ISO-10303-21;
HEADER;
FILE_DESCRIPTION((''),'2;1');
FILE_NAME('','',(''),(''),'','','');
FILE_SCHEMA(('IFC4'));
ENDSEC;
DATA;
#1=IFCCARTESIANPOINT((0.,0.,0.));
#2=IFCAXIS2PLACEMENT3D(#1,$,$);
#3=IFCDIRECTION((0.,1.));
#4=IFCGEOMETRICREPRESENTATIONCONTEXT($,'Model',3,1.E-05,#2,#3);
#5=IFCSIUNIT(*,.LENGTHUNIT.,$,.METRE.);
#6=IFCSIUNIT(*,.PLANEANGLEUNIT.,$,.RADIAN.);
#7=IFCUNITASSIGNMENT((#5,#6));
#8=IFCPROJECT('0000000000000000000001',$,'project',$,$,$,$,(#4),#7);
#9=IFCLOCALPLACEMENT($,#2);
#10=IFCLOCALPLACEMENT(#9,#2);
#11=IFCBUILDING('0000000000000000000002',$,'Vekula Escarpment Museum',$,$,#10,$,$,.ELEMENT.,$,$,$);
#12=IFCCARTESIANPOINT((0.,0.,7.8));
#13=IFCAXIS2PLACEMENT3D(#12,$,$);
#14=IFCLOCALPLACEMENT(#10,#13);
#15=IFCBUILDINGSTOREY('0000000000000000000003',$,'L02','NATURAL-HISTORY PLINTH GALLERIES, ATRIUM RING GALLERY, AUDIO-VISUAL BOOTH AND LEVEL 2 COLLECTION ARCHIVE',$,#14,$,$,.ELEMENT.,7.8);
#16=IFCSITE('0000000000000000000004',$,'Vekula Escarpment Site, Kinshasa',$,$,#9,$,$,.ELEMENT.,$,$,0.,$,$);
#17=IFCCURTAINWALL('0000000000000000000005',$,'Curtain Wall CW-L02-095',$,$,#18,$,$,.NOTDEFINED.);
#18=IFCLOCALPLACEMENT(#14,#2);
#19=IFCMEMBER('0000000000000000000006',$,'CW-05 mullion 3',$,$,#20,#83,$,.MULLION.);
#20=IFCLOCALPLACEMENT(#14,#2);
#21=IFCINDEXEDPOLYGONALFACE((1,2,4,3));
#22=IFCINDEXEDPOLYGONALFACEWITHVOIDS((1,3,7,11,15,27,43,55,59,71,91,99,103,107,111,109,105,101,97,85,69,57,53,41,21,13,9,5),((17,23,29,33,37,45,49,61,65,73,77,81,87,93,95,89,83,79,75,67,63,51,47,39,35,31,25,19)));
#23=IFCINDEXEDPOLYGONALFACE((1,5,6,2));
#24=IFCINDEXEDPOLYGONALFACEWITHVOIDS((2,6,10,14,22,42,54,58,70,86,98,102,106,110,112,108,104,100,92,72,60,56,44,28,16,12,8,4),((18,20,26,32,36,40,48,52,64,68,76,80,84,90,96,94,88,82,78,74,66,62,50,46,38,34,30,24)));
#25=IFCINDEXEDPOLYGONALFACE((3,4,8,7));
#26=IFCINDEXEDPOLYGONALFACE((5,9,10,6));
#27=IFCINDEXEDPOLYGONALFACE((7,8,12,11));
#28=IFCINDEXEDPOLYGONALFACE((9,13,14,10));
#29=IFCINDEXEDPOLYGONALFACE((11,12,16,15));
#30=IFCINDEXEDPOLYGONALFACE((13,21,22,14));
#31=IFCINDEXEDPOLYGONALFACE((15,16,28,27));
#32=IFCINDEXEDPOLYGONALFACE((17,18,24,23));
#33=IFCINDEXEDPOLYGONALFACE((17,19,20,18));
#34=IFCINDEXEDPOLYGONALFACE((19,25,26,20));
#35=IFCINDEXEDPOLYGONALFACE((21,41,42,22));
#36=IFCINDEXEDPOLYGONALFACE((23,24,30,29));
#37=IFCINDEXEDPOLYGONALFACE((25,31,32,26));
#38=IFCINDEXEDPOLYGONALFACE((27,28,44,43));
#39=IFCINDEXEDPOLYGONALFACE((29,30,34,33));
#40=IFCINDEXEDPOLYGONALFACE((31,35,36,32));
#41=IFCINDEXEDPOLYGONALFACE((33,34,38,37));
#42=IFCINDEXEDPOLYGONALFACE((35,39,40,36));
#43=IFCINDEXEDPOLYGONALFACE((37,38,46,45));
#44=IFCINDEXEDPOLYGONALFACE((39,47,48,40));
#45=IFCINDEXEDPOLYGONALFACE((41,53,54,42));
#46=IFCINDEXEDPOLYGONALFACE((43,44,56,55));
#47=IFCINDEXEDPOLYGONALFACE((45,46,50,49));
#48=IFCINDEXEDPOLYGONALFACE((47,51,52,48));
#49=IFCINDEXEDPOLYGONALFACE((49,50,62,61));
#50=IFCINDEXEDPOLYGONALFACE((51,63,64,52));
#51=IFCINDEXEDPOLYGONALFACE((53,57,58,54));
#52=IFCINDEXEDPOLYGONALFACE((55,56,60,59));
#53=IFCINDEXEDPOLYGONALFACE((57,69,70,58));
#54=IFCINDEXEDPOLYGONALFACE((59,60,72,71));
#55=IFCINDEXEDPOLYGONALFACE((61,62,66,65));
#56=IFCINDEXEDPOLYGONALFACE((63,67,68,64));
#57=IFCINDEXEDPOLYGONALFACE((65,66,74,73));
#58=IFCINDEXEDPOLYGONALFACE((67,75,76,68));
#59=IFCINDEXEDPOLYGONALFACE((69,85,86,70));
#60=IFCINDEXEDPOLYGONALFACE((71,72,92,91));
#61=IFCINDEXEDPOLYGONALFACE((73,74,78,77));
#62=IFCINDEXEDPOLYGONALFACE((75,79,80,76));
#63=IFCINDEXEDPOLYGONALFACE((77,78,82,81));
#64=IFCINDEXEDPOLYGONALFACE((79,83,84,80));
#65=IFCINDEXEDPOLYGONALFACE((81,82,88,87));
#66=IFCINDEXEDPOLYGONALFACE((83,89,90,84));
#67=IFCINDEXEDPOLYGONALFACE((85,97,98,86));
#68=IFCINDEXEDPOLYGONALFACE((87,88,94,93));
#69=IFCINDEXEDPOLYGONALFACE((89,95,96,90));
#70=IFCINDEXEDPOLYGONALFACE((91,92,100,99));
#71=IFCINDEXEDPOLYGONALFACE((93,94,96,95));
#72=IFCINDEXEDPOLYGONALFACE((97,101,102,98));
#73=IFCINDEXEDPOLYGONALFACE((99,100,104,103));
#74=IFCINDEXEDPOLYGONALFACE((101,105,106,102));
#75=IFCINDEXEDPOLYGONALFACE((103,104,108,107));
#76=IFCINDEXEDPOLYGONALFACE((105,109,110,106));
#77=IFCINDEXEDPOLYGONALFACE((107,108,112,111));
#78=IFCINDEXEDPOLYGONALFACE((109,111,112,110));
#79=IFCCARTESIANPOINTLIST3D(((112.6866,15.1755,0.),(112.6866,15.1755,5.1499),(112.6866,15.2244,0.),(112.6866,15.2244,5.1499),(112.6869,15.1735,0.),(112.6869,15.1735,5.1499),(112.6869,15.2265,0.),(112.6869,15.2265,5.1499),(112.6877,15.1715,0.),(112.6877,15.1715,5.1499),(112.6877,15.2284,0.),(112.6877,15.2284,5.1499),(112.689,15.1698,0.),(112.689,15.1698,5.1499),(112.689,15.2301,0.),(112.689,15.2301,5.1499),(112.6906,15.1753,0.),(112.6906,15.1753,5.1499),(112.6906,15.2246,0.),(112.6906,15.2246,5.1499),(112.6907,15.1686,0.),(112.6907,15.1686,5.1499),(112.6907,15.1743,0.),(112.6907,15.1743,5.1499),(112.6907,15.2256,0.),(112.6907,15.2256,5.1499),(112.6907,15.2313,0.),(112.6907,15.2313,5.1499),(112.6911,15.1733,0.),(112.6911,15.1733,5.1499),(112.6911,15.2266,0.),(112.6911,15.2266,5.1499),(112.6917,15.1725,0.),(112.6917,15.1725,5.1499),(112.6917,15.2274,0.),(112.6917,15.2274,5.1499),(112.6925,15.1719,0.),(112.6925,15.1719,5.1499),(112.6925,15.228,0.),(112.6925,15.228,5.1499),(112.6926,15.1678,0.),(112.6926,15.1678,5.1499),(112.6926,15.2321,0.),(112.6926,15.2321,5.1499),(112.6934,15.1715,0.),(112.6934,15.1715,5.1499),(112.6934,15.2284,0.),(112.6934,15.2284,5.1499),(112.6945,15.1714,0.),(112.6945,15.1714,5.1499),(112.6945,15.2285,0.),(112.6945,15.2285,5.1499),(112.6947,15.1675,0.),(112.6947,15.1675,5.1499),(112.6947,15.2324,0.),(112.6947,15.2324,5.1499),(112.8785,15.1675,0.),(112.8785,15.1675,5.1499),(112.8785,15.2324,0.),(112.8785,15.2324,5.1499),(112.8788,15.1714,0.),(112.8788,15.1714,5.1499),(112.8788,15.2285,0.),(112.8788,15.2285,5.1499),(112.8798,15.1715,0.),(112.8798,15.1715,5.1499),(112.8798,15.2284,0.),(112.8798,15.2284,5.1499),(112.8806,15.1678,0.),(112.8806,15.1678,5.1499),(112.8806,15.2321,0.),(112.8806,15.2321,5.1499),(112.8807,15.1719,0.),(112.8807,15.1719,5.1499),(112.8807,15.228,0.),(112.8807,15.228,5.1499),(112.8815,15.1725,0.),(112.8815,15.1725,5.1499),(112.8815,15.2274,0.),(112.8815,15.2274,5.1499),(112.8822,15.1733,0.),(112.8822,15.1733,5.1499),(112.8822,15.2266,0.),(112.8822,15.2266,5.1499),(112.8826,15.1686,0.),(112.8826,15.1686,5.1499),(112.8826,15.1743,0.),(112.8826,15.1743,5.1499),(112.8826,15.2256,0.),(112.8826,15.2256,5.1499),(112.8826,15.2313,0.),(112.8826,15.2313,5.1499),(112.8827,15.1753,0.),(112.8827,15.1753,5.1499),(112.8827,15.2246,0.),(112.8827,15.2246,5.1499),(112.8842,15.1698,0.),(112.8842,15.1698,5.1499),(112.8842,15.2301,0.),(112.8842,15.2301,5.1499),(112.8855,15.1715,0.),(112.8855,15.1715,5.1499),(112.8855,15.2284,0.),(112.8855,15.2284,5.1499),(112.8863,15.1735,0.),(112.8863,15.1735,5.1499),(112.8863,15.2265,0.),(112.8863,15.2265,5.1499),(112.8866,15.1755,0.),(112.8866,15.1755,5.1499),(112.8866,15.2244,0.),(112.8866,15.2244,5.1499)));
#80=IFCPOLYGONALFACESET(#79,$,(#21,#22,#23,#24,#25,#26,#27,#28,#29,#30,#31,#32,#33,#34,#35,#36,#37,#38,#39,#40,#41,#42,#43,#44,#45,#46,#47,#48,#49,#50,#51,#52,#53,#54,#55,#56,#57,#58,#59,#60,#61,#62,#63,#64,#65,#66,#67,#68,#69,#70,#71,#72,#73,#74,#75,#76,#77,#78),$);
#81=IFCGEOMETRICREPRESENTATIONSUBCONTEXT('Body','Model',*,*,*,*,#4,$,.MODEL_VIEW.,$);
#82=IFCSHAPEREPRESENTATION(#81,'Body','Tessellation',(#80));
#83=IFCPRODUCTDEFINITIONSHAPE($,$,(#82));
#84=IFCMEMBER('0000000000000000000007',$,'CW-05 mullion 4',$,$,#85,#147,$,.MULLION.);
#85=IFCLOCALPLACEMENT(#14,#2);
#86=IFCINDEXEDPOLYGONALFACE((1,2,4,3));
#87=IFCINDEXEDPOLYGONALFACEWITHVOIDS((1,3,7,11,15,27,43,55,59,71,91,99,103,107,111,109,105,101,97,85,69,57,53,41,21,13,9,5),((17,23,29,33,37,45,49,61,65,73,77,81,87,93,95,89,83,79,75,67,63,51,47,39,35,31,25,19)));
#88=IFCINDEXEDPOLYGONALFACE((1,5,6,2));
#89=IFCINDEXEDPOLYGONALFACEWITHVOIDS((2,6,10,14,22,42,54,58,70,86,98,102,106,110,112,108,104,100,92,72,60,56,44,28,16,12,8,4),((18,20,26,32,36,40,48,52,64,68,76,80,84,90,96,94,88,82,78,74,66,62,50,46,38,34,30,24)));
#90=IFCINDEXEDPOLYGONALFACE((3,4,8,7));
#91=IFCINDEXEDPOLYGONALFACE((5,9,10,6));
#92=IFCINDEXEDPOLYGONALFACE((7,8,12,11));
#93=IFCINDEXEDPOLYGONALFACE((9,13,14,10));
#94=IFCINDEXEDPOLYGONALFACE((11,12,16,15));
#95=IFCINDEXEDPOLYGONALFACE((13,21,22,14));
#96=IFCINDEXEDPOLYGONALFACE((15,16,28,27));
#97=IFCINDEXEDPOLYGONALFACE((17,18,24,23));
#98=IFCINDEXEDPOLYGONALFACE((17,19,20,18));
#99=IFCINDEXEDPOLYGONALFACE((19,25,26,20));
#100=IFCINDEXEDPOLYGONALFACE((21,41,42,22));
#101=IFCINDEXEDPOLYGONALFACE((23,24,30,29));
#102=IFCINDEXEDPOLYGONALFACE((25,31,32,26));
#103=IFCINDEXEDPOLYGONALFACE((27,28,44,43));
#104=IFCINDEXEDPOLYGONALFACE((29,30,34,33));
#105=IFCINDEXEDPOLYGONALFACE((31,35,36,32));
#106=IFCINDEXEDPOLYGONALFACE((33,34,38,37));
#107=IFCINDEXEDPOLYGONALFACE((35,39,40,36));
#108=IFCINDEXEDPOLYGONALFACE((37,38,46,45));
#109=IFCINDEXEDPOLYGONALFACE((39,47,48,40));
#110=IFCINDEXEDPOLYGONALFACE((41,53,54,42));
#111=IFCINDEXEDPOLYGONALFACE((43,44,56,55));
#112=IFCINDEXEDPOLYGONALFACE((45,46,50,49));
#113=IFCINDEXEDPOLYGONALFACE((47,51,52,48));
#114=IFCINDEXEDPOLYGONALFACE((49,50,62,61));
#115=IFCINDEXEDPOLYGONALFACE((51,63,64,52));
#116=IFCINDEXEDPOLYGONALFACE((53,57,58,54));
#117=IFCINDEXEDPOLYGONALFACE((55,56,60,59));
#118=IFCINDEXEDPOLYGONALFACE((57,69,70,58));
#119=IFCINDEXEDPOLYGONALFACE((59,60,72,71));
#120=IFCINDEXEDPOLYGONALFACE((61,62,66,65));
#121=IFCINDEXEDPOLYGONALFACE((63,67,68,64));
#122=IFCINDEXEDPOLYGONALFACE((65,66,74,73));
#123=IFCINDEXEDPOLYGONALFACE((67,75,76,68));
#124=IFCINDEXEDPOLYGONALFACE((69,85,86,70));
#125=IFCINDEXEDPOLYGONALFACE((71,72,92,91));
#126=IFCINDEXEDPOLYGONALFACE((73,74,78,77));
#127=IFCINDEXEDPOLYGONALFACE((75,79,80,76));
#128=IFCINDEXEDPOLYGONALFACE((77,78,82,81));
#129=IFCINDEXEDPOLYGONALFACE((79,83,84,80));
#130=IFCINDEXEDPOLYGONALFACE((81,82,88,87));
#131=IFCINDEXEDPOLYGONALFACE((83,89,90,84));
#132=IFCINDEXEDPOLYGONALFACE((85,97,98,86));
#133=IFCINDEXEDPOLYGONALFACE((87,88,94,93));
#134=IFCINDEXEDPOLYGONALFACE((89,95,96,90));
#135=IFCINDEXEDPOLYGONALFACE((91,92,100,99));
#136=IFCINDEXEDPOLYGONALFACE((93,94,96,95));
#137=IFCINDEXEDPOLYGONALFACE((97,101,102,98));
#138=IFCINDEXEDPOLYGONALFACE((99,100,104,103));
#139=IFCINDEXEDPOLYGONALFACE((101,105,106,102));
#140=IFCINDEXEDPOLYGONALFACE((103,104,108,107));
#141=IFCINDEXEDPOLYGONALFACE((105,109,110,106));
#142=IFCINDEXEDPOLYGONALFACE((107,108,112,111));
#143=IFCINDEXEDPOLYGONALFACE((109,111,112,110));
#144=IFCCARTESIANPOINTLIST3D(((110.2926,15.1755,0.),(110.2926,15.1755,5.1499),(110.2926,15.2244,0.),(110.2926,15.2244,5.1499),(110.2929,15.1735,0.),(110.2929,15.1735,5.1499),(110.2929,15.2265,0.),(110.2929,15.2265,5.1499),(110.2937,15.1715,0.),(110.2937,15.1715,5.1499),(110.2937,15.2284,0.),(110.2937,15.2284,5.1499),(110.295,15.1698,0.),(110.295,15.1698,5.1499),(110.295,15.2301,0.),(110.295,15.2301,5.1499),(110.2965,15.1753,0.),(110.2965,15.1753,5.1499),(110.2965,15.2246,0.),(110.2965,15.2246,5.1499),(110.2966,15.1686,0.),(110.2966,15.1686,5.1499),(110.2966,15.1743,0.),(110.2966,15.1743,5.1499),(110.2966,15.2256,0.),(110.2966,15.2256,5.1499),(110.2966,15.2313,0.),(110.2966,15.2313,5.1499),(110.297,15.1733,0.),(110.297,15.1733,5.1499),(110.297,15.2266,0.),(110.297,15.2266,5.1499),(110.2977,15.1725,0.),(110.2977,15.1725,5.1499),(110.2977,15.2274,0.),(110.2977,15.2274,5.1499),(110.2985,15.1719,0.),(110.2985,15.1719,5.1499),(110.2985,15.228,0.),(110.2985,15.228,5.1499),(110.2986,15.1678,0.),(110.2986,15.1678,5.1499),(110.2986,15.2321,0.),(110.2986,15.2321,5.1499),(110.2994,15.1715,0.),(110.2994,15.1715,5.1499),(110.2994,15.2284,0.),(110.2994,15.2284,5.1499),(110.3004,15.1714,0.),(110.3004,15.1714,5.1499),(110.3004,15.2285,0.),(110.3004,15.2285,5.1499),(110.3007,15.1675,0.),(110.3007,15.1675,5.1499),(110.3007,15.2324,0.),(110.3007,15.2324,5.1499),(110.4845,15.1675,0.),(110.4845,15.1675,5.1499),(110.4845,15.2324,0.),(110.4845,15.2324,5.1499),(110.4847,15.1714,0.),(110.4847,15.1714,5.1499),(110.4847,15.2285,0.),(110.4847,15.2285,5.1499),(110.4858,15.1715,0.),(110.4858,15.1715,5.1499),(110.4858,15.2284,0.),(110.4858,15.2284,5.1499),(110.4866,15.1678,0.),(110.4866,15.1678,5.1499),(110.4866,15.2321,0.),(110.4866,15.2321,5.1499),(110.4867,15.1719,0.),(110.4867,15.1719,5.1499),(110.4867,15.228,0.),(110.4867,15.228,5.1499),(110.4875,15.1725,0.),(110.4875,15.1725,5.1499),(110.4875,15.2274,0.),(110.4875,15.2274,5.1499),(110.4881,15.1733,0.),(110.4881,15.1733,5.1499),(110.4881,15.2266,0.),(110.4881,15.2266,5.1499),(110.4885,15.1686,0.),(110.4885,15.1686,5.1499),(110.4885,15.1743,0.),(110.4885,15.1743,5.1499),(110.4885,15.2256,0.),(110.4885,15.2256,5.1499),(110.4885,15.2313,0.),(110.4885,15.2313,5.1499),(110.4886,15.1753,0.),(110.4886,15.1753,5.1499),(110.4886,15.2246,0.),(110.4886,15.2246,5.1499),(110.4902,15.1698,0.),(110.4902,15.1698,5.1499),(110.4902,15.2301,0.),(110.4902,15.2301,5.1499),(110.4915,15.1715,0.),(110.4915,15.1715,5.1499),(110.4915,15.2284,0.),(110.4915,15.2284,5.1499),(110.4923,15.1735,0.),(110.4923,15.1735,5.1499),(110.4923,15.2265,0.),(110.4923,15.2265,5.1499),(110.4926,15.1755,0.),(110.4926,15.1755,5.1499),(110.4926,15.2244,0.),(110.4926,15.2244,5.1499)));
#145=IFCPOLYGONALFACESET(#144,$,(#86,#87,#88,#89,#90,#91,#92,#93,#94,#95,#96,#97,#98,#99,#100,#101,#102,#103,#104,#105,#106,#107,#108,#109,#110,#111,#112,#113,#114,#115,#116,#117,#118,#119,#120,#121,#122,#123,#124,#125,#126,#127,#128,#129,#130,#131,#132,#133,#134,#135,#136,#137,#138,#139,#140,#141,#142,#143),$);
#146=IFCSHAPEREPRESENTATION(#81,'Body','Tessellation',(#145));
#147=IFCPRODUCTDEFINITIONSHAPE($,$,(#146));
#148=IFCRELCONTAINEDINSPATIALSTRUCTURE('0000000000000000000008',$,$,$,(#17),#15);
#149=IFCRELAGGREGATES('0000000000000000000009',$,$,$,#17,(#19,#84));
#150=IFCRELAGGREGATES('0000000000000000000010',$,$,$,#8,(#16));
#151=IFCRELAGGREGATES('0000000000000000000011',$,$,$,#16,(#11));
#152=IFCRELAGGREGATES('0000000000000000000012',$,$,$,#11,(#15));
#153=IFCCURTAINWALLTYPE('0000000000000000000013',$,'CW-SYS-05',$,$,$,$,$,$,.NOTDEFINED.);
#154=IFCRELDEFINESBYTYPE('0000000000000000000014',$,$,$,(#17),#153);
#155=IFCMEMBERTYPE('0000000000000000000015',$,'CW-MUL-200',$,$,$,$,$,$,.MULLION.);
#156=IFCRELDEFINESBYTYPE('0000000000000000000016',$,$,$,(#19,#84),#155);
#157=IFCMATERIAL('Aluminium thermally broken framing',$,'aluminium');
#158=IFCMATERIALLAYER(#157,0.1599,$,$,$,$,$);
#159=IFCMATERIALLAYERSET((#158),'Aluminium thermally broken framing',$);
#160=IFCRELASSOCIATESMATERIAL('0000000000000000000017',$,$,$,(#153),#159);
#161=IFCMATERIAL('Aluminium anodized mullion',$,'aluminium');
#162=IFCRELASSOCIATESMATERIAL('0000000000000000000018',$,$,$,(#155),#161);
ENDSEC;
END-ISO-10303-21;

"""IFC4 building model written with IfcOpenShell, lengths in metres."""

from ifc_helpers import new_model, si_unit, direction, frame, origin, origin_2d, place, context, subcontext, project, spatial, hollow_rectangle, extrude, material, layer, layer_set, material_profile, profile_set, type_object, element, aggregate, save


model = new_model("IFC4")

# Units and contexts
model_context = context("Model", 3, precision=1e-05, world=origin(), true_north=direction((0.0, 1.0)))
body_context = subcontext(model_context, "Body", "Model", "MODEL_VIEW")
ifc_project = project(units=[si_unit("LENGTHUNIT", "METRE"), si_unit("PLANEANGLEUNIT", "RADIAN")], contexts=[model_context])

# Site, building, storey
site_placement = place(None, origin())
site = spatial("IfcSite", under=ifc_project, at=site_placement, Name="Vekula Escarpment Site, Kinshasa", CompositionType="ELEMENT", RefElevation=0.0)
building_placement = place(site_placement, origin())
building = spatial("IfcBuilding", under=site, at=building_placement, Name="Vekula Escarpment Museum", CompositionType="ELEMENT")
storey_placement = place(building_placement, frame((0.0, 0.0, 7.8)))
storey = spatial("IfcBuildingStorey", under=building, at=storey_placement, Name="L02", Description="NATURAL-HISTORY PLINTH GALLERIES, ATRIUM RING GALLERY, AUDIO-VISUAL BOOTH AND LEVEL 2 COLLECTION ARCHIVE", CompositionType="ELEMENT", Elevation=7.8)

# Curtain wall, members
ifc_material_1 = material(Name="Aluminium thermally broken framing", Category="aluminium")
ifc_layer_1 = layer(ifc_material_1, 0.1599)
ifc_layer_set_1 = layer_set([ifc_layer_1], Name="Aluminium thermally broken framing")
curtain_wall_type_1 = type_object("IfcCurtainWallType", Name="CW-SYS-05", PredefinedType="NOTDEFINED", material=ifc_layer_set_1)
curtain_wall_1_placement = place(storey_placement, origin())
curtain_wall_1 = element("IfcCurtainWall", 1, at=curtain_wall_1_placement, inside=storey, type_object=curtain_wall_type_1, Name="Curtain Wall CW-L02-095", PredefinedType="NOTDEFINED")
ifc_material_2 = material(Name="Aluminium anodized mullion", Category="aluminium")
ifc_material_profile_1 = material_profile(ifc_material_2, hollow_rectangle(XDim=0.0649, YDim=0.2, WallThickness=0.0039, InnerFilletRadius=0.0039, OuterFilletRadius=0.0081, at=origin_2d()), Name="ALU 200x65x4")
ifc_profile_set_1 = profile_set([ifc_material_profile_1], Name="Aluminium anodized mullion")
member_type_1 = type_object("IfcMemberType", Name="CW-MUL-200", PredefinedType="MULLION", material=ifc_profile_set_1)
member_1_placement = place(storey_placement, frame((112.7866, 15.2, 0.0), z_axis=(0.0, 0.0, 1.0), x_axis=(0.0, -1.0, 0.0)))
member_1 = element("IfcMember", 2, at=member_1_placement, type_object=member_type_1, Name="CW-05 mullion 3", PredefinedType="MULLION", context=body_context, shape_type="SweptSolid", body=[
    extrude(hollow_rectangle(XDim=0.0649, YDim=0.2, WallThickness=0.0039, InnerFilletRadius=0.0039, OuterFilletRadius=0.0081, at=origin_2d()), origin(), (0.0, 0.0, 1.0), 5.1499),
])
member_2_placement = place(storey_placement, frame((110.3926, 15.2, 0.0), z_axis=(0.0, 0.0, 1.0), x_axis=(0.0, -1.0, 0.0)))
member_2 = element("IfcMember", 3, at=member_2_placement, type_object=member_type_1, Name="CW-05 mullion 4", PredefinedType="MULLION", context=body_context, shape_type="SweptSolid", body=[
    extrude(hollow_rectangle(XDim=0.0649, YDim=0.2, WallThickness=0.0039, InnerFilletRadius=0.0039, OuterFilletRadius=0.0081, at=origin_2d()), origin(), (0.0, 0.0, 1.0), 5.1499),
])

aggregate(curtain_wall_1, [member_1, member_2])

save(model, "model.ifc")
